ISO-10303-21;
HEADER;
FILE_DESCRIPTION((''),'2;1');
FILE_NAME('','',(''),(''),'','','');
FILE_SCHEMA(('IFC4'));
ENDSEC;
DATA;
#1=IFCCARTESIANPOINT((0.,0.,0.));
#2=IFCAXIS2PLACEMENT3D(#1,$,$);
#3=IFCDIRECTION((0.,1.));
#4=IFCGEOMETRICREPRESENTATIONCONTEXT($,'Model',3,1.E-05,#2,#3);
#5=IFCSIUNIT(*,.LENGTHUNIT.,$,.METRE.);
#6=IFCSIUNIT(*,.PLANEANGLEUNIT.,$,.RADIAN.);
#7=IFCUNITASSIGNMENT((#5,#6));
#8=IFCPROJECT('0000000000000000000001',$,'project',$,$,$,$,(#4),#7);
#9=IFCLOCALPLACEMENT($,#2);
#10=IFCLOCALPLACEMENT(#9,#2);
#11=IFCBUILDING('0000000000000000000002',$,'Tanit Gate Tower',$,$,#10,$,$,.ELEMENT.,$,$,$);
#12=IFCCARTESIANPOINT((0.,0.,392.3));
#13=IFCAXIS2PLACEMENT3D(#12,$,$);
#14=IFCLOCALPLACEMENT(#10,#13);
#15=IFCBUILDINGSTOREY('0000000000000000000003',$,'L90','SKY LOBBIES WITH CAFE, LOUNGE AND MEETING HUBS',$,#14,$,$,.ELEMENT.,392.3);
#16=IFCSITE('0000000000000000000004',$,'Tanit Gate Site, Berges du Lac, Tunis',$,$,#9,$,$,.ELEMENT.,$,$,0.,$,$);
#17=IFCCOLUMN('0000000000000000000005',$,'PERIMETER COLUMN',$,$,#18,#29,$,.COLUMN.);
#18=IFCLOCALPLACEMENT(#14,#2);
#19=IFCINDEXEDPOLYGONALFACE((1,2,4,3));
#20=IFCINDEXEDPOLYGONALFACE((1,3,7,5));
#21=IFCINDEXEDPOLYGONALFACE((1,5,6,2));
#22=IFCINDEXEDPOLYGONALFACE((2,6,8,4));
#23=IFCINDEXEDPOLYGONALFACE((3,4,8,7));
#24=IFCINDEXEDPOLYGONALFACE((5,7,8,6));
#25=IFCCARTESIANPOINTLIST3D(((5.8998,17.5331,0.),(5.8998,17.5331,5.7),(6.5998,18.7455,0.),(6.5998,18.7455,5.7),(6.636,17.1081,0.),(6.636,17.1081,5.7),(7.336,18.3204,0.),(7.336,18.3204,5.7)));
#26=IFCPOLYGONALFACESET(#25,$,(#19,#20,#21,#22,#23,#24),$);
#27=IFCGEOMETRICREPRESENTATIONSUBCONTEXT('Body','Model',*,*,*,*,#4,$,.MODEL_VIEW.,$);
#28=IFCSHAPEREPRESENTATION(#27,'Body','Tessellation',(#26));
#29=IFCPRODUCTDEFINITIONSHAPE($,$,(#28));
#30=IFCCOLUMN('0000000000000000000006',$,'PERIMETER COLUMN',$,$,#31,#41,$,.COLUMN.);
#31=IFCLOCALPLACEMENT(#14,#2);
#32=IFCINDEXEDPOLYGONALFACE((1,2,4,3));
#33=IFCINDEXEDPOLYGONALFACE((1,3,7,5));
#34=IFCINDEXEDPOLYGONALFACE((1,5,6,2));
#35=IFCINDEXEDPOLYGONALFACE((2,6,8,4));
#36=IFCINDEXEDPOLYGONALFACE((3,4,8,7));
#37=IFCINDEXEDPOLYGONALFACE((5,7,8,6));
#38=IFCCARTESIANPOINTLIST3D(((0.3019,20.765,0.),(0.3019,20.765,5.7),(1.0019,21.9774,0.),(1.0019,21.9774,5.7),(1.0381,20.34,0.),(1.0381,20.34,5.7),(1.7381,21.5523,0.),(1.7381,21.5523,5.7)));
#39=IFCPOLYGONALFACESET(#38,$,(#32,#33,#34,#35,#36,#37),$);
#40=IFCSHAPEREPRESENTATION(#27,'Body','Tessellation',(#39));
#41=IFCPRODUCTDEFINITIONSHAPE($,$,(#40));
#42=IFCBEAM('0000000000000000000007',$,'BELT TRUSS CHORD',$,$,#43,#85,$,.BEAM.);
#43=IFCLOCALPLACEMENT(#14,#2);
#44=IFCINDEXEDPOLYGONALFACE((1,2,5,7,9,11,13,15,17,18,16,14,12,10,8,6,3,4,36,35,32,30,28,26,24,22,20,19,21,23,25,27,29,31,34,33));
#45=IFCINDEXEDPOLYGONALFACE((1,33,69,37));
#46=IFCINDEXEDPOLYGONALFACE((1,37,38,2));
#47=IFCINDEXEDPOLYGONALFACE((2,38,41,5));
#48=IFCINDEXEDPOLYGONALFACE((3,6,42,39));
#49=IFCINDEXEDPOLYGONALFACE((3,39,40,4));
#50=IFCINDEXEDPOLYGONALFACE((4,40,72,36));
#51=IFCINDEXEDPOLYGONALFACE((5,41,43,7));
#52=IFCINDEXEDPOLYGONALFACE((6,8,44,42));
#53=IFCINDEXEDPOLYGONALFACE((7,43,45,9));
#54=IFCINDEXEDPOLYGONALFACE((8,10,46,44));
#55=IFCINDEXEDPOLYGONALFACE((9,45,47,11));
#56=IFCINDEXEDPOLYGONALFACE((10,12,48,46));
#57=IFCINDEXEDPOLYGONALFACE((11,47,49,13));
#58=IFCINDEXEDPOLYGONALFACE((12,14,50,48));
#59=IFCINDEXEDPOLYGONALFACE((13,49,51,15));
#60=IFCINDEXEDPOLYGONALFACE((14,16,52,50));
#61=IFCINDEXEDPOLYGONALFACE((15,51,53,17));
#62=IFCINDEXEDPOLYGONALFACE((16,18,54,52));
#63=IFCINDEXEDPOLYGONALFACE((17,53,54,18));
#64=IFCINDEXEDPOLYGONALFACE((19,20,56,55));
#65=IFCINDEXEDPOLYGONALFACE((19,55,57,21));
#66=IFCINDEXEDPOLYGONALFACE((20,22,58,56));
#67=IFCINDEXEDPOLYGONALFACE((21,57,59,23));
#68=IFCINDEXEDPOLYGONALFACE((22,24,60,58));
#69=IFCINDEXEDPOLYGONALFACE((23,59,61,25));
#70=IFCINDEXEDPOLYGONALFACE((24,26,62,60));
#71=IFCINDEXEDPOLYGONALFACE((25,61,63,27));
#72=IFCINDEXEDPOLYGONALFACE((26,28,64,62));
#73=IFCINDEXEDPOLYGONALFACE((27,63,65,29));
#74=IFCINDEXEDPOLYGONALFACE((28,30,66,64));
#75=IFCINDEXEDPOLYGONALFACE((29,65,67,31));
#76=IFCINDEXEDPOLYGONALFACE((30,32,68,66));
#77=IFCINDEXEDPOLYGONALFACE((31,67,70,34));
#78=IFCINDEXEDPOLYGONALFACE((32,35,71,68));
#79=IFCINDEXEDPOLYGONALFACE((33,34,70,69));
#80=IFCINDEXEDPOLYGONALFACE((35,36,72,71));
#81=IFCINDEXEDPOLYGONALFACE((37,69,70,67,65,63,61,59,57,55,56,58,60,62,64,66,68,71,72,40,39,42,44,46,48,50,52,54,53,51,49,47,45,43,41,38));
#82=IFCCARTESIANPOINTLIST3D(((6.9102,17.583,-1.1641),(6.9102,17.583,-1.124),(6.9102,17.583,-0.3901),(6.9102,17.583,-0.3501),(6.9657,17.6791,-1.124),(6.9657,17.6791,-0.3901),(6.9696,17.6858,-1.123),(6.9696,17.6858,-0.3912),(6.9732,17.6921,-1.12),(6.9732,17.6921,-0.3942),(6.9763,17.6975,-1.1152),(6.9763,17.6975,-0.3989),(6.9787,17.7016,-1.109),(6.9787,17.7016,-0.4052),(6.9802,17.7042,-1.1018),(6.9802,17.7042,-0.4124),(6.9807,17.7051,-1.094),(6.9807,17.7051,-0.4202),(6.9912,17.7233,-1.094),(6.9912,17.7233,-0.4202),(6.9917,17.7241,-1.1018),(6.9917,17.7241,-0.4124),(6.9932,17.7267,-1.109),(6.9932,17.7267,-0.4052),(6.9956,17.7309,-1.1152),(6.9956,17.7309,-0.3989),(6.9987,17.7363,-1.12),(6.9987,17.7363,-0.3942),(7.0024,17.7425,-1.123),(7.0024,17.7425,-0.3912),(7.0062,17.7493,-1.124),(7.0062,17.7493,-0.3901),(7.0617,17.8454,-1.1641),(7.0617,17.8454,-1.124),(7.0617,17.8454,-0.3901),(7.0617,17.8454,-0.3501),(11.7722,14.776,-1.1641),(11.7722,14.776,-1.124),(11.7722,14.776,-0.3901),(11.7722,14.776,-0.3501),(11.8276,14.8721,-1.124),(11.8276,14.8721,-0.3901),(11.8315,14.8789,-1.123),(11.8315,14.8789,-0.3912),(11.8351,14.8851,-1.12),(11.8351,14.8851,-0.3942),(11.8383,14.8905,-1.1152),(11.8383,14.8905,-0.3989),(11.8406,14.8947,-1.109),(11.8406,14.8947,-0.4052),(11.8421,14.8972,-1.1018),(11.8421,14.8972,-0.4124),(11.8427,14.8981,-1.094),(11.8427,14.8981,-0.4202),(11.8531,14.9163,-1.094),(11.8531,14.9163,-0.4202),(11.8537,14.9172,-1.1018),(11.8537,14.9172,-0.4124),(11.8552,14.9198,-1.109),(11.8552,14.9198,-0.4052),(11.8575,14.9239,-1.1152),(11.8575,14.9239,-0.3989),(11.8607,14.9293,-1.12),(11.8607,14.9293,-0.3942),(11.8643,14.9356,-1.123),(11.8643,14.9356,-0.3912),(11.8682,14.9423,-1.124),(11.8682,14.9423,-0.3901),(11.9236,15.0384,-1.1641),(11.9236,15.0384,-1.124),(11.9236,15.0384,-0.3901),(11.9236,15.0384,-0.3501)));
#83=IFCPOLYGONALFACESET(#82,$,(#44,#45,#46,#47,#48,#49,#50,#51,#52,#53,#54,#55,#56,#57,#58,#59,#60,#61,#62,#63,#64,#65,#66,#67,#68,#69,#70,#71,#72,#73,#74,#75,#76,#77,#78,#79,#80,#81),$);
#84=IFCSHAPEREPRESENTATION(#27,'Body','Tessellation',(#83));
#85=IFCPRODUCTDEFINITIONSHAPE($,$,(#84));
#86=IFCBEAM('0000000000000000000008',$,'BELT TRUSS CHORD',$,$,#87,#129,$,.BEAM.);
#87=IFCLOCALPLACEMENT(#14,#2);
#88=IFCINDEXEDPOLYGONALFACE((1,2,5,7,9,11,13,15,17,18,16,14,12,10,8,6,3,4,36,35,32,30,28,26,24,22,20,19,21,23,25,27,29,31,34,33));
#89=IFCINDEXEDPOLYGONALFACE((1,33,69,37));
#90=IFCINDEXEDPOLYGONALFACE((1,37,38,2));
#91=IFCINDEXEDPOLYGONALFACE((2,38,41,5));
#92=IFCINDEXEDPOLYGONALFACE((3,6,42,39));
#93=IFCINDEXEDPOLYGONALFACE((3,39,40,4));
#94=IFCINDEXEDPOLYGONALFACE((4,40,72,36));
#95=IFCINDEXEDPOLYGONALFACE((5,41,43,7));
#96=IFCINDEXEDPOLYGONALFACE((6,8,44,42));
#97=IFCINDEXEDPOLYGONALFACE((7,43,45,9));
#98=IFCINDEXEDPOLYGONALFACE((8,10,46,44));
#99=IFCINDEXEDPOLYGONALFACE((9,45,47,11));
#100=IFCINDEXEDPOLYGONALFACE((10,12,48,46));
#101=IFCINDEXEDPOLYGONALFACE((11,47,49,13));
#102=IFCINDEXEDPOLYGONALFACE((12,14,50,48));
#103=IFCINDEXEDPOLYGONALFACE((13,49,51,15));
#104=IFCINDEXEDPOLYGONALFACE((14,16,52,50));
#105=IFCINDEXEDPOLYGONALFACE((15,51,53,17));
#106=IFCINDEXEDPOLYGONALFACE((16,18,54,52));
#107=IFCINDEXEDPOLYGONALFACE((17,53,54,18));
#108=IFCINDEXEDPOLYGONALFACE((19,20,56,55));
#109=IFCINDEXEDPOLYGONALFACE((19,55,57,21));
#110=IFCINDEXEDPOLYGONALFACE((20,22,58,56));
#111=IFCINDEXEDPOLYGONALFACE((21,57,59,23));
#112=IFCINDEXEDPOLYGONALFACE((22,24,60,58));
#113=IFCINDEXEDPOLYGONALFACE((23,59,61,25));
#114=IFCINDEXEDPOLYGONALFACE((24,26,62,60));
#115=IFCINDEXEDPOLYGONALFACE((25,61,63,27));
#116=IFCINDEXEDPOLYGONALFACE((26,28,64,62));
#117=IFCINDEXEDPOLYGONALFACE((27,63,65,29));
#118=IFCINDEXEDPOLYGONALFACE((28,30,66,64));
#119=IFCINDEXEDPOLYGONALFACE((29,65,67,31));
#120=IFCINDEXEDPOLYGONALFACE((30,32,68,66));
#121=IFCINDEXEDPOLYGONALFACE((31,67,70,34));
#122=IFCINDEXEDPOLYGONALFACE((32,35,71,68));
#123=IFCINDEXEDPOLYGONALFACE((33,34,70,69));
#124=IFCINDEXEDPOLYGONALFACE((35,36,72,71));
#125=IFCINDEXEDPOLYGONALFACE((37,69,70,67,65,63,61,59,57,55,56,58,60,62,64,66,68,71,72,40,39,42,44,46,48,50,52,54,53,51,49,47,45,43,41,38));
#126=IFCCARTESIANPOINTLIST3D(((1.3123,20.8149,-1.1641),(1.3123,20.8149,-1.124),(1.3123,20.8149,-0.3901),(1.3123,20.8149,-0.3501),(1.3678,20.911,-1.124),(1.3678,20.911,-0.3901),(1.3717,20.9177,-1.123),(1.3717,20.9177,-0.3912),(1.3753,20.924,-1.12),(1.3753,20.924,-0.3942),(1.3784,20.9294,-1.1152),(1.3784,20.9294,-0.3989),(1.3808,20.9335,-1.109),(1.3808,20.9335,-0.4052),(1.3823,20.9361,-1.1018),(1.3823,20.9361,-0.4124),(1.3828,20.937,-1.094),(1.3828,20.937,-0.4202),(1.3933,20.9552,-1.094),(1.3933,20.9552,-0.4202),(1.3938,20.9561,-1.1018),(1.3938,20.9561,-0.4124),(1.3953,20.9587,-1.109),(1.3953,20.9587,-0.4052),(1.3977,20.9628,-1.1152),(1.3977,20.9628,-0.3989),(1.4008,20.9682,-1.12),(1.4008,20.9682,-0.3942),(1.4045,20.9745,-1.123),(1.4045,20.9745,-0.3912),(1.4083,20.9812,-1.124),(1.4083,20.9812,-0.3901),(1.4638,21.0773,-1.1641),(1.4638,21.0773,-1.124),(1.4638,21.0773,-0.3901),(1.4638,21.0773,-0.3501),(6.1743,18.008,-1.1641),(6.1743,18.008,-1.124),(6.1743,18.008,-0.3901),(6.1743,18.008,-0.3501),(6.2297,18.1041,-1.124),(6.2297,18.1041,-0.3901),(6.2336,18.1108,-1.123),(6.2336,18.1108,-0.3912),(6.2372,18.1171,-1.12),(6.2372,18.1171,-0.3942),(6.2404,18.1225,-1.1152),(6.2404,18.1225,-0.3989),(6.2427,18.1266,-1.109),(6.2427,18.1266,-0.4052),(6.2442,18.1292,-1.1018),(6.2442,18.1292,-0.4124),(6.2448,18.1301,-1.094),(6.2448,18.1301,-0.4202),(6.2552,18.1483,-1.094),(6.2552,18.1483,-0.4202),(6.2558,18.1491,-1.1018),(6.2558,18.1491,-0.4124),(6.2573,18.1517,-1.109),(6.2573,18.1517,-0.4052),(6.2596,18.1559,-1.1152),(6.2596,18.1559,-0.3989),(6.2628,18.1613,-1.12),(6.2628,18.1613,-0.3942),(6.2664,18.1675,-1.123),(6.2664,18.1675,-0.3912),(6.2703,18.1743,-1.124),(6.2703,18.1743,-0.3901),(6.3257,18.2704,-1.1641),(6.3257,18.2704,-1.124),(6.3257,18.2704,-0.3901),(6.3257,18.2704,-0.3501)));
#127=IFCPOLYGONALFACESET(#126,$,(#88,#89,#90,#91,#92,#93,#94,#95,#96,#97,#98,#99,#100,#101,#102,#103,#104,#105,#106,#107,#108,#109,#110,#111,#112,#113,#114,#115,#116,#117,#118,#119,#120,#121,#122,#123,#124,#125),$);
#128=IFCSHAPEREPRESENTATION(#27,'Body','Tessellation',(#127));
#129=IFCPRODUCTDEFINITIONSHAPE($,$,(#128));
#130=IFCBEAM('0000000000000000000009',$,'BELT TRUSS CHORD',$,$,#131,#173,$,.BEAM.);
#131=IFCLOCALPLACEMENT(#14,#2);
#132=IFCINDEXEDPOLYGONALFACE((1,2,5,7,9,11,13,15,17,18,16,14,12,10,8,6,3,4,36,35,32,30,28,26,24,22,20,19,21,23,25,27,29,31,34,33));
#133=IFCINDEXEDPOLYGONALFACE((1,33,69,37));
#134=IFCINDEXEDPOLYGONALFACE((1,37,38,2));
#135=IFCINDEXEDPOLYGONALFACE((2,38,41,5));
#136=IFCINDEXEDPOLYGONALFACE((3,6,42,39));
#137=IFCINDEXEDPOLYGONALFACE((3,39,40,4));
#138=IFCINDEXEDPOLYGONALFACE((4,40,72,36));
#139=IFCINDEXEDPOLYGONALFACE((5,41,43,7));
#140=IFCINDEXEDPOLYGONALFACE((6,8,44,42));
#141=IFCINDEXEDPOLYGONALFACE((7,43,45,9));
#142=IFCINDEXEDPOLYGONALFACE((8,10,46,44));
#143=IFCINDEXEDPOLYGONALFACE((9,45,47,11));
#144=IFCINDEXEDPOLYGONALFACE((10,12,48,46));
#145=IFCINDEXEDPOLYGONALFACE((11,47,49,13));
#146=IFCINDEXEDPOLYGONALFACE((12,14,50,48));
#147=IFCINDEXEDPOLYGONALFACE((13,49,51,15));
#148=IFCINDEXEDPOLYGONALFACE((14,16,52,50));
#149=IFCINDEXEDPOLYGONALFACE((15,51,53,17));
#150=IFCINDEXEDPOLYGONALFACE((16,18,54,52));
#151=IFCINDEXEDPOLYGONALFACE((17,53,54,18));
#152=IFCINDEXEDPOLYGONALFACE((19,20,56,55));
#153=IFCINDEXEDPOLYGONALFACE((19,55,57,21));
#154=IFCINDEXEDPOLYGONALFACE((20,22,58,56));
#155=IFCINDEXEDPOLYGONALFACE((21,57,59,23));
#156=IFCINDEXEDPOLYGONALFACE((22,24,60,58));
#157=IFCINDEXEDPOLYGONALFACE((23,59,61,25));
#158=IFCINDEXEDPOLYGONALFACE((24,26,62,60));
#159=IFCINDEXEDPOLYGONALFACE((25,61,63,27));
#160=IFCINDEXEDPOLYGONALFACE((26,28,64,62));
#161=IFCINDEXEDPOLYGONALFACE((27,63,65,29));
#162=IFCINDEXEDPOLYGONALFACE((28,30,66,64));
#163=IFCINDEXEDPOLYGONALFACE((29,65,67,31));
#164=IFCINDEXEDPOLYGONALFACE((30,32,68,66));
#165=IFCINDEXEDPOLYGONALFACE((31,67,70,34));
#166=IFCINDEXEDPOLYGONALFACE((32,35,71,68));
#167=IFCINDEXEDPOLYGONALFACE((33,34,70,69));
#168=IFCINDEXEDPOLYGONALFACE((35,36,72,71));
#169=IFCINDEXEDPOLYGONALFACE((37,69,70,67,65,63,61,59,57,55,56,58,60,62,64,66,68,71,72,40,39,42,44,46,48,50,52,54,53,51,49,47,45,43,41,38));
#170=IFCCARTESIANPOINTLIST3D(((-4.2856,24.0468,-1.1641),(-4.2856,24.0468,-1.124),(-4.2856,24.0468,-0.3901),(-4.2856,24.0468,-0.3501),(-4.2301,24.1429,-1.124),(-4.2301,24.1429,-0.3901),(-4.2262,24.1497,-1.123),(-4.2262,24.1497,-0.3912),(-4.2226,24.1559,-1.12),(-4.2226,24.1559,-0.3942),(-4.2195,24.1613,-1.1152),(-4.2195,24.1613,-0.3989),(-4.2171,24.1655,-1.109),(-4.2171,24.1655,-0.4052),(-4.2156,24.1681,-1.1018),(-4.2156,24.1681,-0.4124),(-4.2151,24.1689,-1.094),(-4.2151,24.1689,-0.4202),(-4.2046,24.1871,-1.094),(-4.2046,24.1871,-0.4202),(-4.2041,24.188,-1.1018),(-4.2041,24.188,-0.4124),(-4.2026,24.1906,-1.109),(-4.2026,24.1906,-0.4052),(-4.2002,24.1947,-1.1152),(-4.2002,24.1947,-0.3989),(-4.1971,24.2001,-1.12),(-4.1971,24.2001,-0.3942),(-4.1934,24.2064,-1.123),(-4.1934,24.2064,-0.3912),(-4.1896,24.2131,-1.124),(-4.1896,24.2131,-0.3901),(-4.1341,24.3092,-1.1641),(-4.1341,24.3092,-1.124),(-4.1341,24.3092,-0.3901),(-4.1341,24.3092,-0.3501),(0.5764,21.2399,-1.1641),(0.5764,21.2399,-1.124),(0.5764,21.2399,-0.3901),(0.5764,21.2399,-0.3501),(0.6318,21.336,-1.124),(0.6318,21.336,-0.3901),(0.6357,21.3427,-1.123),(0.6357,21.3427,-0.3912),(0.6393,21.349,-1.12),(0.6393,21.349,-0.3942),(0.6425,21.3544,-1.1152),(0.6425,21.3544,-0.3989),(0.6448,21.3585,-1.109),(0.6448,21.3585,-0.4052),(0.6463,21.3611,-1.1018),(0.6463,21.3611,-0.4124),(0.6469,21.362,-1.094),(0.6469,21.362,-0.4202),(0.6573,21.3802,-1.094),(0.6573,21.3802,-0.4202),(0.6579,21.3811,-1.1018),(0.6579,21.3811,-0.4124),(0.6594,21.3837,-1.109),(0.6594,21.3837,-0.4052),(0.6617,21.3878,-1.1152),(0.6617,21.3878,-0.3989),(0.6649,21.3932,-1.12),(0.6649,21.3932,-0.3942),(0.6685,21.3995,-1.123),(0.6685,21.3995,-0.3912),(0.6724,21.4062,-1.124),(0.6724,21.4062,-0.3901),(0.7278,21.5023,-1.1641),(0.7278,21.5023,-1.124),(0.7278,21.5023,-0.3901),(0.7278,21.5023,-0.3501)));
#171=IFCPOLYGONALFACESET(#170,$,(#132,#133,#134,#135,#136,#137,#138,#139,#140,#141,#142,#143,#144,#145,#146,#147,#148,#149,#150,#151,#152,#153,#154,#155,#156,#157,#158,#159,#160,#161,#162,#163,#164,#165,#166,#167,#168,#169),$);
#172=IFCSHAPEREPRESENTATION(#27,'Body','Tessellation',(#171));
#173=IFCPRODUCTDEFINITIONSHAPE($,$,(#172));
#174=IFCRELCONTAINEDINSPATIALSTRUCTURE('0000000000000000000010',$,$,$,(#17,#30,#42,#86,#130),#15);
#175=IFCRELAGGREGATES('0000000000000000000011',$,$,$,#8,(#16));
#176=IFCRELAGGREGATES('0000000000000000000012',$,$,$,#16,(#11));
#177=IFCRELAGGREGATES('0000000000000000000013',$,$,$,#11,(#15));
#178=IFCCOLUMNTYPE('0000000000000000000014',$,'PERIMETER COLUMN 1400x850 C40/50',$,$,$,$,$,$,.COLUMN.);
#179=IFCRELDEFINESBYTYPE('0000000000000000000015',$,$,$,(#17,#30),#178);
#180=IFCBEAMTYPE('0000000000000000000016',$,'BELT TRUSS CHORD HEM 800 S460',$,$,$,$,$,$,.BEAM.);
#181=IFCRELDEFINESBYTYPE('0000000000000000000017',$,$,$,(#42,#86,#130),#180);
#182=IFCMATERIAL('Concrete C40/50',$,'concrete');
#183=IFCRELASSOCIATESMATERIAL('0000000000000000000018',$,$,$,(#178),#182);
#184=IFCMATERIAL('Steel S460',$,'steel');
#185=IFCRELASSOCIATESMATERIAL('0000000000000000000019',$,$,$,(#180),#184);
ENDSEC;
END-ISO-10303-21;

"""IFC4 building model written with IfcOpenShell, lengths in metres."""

from ifc_helpers import new_model, si_unit, direction, frame, origin, origin_2d, place, context, subcontext, project, spatial, rectangle, i_section, extrude, material, material_profile, profile_set, type_object, element, save


model = new_model("IFC4")

# Units and contexts
model_context = context("Model", 3, precision=1e-05, world=origin(), true_north=direction((0.0, 1.0)))
body_context = subcontext(model_context, "Body", "Model", "MODEL_VIEW")
ifc_project = project(units=[si_unit("LENGTHUNIT", "METRE"), si_unit("PLANEANGLEUNIT", "RADIAN")], contexts=[model_context])

# Site, building, storey
site_placement = place(None, origin())
site = spatial("IfcSite", under=ifc_project, at=site_placement, Name="Tanit Gate Site, Berges du Lac, Tunis", CompositionType="ELEMENT", RefElevation=0.0)
building_placement = place(site_placement, origin())
building = spatial("IfcBuilding", under=site, at=building_placement, Name="Tanit Gate Tower", CompositionType="ELEMENT")
storey_placement = place(building_placement, frame((0.0, 0.0, 392.3)))
storey = spatial("IfcBuildingStorey", under=building, at=storey_placement, Name="L90", Description="SKY LOBBIES WITH CAFE, LOUNGE AND MEETING HUBS", CompositionType="ELEMENT", Elevation=392.3)

# Columns
ifc_material_1 = material(Name="Concrete C40/50", Category="concrete")
ifc_material_profile_1 = material_profile(ifc_material_1, rectangle(XDim=1.3999, YDim=0.8501, at=origin_2d()), Name="RC 1400x850")
ifc_profile_set_1 = profile_set([ifc_material_profile_1], Name="Concrete C40/50")
column_type = type_object("IfcColumnType", Name="PERIMETER COLUMN 1400x850 C40/50", PredefinedType="COLUMN", material=ifc_profile_set_1)
for number, where, z_axis, x_axis, name in (
    (1, (6.6179, 17.9268, 0.0), (0.0, 0.0, 1.0), (0.5, 0.866025, 0.0), "PERIMETER COLUMN"),
    (2, (1.02, 21.1587, 0.0), (0.0, 0.0, 1.0), (0.5, 0.866025, 0.0), "PERIMETER COLUMN"),
):
    element("IfcColumn", number, at=place(storey_placement, frame(where, z_axis=z_axis, x_axis=x_axis)), inside=storey, type_object=column_type, Name=name, PredefinedType="COLUMN", context=body_context, shape_type="SweptSolid", body=[
        extrude(rectangle(XDim=1.3999, YDim=0.8501, at=origin_2d()), origin(), (0.0, 0.0, 1.0), 5.7),
    ])

# Beams
ifc_material_2 = material(Name="Steel S460", Category="steel")
ifc_material_profile_2 = material_profile(ifc_material_2, i_section(OverallWidth=0.303, OverallDepth=0.814, WebThickness=0.021, FlangeThickness=0.04, FilletRadius=0.03, at=origin_2d()), Name="HEM 800")
ifc_profile_set_2 = profile_set([ifc_material_profile_2], Name="Steel S460")
beam_type_1 = type_object("IfcBeamType", Name="BELT TRUSS CHORD HEM 800 S460", PredefinedType="BEAM", material=ifc_profile_set_2)
for number, where, z_axis, x_axis, name in (
    (3, (11.8479, 14.9072, -0.7571), (-0.866032, 0.499988, 0.0), (-0.499988, -0.866032, 0.0), "BELT TRUSS CHORD"),
    (4, (6.25, 18.1392, -0.7571), (-0.866032, 0.499988, 0.0), (-0.499988, -0.866032, 0.0), "BELT TRUSS CHORD"),
    (5, (0.6521, 21.3711, -0.7571), (-0.866032, 0.499988, 0.0), (-0.499988, -0.866032, 0.0), "BELT TRUSS CHORD"),
):
    element("IfcBeam", number, at=place(storey_placement, frame(where, z_axis=z_axis, x_axis=x_axis)), inside=storey, type_object=beam_type_1, Name=name, PredefinedType="BEAM", context=body_context, shape_type="SweptSolid", body=[
        extrude(i_section(OverallWidth=0.303, OverallDepth=0.814, WebThickness=0.021, FlangeThickness=0.04, FilletRadius=0.03, at=origin_2d()), origin(), (0.0, 0.0, 1.0), 5.614),
    ])

save(model, "model.ifc")
